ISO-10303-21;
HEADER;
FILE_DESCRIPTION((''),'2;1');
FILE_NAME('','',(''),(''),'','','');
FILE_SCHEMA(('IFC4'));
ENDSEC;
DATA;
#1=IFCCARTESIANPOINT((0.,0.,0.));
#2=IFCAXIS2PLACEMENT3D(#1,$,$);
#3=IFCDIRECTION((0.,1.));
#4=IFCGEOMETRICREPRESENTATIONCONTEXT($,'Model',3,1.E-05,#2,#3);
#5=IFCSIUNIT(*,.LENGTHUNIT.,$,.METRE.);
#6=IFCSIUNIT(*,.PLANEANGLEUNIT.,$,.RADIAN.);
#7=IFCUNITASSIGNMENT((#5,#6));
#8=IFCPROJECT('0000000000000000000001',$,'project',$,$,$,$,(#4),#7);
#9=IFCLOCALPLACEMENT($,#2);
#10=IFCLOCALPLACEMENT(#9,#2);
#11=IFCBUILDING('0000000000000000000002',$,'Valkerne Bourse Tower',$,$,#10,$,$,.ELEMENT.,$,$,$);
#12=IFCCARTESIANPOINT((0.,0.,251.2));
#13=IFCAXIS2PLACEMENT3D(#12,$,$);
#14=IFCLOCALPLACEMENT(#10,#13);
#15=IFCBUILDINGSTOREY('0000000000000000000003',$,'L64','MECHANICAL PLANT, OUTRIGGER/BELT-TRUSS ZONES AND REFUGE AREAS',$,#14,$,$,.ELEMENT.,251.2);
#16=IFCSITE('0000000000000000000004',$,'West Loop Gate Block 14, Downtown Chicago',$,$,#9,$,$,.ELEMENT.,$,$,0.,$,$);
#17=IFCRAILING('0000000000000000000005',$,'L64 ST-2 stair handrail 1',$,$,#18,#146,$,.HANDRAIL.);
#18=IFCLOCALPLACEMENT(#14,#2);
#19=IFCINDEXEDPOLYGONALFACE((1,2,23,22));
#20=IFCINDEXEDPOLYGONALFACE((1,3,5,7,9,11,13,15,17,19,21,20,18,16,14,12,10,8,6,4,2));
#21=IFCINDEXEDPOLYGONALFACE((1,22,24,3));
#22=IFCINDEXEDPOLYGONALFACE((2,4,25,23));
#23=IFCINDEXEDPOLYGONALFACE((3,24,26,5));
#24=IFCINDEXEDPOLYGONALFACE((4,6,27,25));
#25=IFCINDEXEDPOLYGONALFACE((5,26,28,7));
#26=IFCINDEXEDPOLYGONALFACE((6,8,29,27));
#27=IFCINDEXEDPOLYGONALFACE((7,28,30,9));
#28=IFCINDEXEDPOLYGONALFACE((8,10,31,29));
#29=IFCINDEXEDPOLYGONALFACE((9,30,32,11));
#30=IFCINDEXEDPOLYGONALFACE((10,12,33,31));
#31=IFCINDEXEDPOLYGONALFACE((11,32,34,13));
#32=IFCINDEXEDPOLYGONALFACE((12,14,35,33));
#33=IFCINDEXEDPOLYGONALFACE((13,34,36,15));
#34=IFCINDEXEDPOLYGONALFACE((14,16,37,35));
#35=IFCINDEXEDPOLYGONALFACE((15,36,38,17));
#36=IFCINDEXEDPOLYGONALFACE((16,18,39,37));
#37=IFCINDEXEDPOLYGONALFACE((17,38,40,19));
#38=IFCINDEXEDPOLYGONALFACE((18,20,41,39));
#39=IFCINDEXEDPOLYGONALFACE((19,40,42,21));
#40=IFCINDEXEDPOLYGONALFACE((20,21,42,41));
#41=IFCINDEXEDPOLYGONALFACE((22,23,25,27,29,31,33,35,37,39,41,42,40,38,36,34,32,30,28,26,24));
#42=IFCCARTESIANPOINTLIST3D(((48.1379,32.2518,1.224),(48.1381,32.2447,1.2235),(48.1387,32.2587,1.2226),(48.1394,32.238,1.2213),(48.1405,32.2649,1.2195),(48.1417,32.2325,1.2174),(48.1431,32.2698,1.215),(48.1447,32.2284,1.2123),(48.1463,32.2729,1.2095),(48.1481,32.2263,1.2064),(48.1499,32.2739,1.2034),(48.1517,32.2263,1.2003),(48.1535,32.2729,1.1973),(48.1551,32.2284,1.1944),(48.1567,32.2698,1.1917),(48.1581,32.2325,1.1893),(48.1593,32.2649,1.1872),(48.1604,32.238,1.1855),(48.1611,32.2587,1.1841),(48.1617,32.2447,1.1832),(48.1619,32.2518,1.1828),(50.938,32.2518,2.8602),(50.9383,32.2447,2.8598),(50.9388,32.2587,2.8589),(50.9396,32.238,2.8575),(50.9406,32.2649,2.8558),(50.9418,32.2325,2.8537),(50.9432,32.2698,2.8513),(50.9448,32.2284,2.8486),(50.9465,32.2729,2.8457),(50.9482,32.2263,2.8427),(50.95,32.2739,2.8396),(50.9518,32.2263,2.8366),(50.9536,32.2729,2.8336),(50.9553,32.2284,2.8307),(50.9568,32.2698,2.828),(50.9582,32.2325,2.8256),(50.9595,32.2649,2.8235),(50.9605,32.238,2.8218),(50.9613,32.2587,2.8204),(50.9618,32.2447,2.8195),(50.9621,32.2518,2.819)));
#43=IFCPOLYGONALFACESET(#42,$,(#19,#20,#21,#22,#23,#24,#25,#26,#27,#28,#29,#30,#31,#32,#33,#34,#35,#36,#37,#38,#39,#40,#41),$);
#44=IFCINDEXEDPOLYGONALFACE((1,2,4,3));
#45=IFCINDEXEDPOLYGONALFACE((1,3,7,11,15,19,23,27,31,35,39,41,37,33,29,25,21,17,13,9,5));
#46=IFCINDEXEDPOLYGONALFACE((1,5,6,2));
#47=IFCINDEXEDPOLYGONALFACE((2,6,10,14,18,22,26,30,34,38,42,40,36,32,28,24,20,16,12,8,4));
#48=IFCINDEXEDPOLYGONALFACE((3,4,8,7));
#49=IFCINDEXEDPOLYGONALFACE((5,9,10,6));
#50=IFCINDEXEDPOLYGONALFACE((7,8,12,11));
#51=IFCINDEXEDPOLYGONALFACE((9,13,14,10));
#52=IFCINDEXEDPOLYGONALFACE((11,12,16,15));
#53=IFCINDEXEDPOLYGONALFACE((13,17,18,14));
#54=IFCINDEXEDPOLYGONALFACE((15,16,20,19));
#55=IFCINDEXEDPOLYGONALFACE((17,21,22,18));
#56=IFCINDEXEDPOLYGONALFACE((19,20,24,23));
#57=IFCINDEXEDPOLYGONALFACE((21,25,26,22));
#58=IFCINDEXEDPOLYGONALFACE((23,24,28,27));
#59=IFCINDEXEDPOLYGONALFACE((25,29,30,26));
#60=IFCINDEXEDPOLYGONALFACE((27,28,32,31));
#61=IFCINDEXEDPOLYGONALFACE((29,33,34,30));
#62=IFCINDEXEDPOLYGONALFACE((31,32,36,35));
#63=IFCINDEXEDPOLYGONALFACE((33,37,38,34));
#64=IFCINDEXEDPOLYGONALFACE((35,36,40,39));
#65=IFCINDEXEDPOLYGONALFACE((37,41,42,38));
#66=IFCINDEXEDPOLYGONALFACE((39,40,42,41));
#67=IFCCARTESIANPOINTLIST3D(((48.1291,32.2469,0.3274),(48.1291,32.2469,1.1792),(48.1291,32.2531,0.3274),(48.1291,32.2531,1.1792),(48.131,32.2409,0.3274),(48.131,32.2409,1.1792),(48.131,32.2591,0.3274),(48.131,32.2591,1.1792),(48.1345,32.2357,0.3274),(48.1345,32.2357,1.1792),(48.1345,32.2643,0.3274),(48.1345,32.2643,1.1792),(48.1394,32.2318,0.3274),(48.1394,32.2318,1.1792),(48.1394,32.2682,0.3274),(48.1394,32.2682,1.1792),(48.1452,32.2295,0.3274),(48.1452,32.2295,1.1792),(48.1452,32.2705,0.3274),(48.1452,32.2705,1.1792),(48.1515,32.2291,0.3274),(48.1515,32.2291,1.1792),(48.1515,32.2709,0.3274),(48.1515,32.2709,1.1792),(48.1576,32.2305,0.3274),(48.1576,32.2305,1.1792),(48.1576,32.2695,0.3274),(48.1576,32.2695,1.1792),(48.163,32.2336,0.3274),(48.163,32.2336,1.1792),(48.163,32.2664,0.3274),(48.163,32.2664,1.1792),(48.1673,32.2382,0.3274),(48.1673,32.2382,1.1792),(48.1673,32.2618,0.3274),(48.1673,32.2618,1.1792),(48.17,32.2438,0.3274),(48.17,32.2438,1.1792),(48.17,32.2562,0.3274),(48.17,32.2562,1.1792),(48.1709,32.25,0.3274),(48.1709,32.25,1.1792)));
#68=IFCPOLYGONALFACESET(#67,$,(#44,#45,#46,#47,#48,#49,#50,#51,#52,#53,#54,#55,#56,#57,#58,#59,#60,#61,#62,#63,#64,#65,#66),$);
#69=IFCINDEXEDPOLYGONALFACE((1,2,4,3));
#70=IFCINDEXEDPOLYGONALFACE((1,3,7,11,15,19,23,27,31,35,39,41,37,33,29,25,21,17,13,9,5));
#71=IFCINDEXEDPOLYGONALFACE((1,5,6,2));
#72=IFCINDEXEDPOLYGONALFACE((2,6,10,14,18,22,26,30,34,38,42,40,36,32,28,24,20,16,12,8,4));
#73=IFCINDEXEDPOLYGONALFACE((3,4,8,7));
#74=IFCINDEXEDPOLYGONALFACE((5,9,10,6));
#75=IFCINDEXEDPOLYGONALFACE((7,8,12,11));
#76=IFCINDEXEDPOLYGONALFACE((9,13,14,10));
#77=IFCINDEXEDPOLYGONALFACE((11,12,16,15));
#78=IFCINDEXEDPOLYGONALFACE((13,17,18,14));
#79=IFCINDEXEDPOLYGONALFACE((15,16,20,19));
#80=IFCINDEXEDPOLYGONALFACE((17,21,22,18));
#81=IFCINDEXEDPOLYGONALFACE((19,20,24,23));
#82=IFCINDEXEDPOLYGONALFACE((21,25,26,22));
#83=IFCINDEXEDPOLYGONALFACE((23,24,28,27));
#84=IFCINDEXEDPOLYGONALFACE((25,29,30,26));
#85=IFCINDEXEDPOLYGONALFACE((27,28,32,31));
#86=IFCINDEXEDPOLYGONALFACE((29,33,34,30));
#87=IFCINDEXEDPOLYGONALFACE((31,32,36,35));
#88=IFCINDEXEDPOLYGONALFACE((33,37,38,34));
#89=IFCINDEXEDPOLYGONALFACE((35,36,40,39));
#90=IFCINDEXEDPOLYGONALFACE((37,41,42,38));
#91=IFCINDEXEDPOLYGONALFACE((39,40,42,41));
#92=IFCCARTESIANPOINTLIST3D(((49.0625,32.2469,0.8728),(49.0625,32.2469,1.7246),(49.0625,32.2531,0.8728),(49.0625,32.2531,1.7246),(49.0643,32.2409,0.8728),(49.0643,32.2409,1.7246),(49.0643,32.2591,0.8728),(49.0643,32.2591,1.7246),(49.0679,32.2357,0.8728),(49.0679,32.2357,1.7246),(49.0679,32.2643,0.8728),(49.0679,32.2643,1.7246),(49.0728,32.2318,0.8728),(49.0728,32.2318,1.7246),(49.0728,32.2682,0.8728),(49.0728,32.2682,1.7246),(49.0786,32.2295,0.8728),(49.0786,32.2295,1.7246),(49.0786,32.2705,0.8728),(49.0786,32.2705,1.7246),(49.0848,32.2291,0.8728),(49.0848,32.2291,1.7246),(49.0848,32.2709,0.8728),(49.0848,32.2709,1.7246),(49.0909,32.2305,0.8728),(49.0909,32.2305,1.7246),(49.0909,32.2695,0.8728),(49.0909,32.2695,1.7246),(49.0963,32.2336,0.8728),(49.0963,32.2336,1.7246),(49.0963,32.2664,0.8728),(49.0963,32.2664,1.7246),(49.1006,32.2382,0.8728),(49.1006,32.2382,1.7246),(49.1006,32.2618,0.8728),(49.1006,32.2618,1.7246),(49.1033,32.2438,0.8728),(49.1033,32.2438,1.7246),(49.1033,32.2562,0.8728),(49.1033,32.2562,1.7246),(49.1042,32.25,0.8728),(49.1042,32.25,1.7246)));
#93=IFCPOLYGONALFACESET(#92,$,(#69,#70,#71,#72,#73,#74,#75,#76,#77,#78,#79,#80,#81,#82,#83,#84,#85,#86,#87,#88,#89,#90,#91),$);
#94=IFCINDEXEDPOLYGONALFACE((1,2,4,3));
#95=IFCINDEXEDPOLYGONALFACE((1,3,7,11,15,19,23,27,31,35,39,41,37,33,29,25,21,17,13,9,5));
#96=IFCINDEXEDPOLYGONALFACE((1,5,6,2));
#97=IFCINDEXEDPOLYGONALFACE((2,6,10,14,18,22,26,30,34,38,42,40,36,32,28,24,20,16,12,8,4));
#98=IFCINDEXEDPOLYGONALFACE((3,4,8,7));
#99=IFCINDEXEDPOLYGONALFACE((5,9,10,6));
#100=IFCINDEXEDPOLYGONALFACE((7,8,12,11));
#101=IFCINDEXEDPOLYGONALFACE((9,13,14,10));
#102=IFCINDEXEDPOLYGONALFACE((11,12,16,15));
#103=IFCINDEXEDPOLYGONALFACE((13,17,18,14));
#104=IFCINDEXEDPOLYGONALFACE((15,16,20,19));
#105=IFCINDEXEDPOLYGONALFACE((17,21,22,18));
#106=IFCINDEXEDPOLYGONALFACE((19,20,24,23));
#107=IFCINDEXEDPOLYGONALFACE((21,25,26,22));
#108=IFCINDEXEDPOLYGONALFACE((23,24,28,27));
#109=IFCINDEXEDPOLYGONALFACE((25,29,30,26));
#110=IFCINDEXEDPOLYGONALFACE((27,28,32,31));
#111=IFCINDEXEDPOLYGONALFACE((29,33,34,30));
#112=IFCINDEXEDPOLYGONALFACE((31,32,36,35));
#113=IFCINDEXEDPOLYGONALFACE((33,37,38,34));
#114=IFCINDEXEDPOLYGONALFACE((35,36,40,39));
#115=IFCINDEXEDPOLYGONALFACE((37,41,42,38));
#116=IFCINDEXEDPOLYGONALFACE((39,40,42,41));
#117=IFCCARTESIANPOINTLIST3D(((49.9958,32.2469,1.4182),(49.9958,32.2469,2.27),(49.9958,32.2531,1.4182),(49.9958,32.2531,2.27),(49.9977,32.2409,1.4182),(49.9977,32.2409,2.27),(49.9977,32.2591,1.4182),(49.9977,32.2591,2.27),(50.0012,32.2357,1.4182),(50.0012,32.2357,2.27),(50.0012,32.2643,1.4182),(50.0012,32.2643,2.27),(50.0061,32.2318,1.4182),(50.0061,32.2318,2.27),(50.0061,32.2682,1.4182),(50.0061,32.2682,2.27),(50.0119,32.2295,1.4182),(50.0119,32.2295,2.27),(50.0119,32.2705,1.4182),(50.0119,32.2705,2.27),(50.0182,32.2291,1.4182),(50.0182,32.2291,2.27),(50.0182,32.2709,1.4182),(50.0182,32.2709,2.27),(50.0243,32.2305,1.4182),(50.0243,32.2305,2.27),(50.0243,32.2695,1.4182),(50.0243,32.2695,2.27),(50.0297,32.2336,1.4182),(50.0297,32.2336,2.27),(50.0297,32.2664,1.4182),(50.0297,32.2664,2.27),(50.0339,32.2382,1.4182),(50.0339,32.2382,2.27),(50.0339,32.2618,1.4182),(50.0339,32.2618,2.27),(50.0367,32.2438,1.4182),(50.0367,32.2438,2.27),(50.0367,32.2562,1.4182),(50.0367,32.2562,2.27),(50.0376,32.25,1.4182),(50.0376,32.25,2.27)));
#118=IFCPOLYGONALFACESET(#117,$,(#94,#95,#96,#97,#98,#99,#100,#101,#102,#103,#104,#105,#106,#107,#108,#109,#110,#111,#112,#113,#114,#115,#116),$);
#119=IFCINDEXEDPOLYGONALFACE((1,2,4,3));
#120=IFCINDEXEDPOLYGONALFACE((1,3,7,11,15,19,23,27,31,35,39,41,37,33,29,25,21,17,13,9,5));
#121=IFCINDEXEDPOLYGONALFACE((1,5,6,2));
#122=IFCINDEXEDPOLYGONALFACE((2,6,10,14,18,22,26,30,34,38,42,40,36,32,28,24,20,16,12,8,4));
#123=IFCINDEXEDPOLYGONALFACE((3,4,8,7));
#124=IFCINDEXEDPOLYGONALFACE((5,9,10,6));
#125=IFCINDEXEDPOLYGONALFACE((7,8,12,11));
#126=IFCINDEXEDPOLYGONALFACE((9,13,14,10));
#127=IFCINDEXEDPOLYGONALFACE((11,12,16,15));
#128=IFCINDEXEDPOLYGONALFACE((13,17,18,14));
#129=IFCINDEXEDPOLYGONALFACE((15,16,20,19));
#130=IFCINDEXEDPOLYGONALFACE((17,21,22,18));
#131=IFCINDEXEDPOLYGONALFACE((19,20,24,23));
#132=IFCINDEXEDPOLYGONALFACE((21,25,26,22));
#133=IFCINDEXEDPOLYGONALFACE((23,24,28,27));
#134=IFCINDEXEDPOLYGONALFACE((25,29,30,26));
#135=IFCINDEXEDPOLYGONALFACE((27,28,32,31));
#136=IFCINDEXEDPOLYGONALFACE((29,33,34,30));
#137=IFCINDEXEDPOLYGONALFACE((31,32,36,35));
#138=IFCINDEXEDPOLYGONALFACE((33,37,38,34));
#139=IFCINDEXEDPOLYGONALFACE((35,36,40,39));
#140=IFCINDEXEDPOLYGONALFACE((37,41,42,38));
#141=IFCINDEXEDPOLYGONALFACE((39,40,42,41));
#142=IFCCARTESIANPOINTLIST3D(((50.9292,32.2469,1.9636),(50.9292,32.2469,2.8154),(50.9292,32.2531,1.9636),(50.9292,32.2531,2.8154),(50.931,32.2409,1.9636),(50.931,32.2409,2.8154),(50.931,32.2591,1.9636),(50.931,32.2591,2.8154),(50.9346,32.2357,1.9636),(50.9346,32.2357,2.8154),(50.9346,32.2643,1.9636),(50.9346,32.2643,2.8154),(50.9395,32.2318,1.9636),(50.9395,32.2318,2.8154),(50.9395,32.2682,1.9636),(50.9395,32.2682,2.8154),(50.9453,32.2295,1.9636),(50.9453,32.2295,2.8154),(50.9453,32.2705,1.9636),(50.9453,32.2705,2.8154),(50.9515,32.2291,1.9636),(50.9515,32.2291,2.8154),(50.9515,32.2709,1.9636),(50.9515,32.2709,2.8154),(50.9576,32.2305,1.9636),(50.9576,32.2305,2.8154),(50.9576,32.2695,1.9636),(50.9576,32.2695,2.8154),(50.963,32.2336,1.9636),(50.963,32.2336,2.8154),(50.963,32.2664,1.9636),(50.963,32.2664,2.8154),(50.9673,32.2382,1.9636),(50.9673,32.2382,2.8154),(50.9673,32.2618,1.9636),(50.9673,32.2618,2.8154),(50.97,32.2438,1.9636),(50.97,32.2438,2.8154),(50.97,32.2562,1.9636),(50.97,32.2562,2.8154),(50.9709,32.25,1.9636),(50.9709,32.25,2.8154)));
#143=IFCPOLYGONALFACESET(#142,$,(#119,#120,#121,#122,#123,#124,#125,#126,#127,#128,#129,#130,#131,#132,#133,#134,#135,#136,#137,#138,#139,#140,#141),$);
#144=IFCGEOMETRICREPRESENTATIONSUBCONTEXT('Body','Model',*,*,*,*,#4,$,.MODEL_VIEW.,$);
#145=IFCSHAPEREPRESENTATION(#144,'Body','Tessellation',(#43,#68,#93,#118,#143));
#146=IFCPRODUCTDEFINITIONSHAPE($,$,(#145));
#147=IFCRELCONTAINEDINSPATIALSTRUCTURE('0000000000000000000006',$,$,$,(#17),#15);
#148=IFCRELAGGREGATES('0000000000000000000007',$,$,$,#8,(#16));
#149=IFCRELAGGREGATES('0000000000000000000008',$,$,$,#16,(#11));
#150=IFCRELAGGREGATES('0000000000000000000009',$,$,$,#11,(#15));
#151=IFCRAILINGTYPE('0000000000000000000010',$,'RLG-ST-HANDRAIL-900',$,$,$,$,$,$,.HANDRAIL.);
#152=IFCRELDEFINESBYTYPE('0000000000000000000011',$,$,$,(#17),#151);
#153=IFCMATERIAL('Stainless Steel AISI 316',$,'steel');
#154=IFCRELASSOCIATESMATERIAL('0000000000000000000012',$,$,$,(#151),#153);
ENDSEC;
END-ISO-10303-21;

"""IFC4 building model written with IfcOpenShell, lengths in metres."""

from ifc_helpers import new_model, si_unit, direction, frame, origin, origin_2d, place, context, subcontext, project, spatial, circle, extrude, material, type_object, element, save


model = new_model("IFC4")

# Units and contexts
model_context = context("Model", 3, precision=1e-05, world=origin(), true_north=direction((0.0, 1.0)))
body_context = subcontext(model_context, "Body", "Model", "MODEL_VIEW")
ifc_project = project(units=[si_unit("LENGTHUNIT", "METRE"), si_unit("PLANEANGLEUNIT", "RADIAN")], contexts=[model_context])

# Site, building, storey
site_placement = place(None, origin())
site = spatial("IfcSite", under=ifc_project, at=site_placement, Name="West Loop Gate Block 14, Downtown Chicago", CompositionType="ELEMENT", RefElevation=0.0)
building_placement = place(site_placement, origin())
building = spatial("IfcBuilding", under=site, at=building_placement, Name="Valkerne Bourse Tower", CompositionType="ELEMENT")
storey_placement = place(building_placement, frame((0.0, 0.0, 251.2)))
storey = spatial("IfcBuildingStorey", under=building, at=storey_placement, Name="L64", Description="MECHANICAL PLANT, OUTRIGGER/BELT-TRUSS ZONES AND REFUGE AREAS", CompositionType="ELEMENT", Elevation=251.2)

# Shared definitions
ifc_material_1 = material(Name="Stainless Steel AISI 316", Category="steel")

# Railing
railing_type_1 = type_object("IfcRailingType", Name="RLG-ST-HANDRAIL-900", PredefinedType="HANDRAIL", material=ifc_material_1)
railing_1_placement = place(storey_placement, frame((48.1499, 32.25, 0.3274)))
element("IfcRailing", 1, at=railing_1_placement, inside=storey, type_object=railing_type_1, Name="L64 ST-2 stair handrail 1", PredefinedType="HANDRAIL", context=body_context, shape_type="SweptSolid", body=[
    extrude(circle(Radius=0.0239, at=origin_2d()), frame((0.0, 0.0, 0.876), z_axis=(0.863394, 0.0, 0.504531), x_axis=(0.0, 1.0, 0.0)), (0.0, 0.0, 1.0), 3.2432),
    extrude(circle(Radius=0.021, at=origin_2d()), origin(), (0.0, 0.0, 1.0), 0.8518),
    extrude(circle(Radius=0.021, at=origin_2d()), frame((0.9333, 0.0, 0.5454)), (0.0, 0.0, 1.0), 0.8518),
    extrude(circle(Radius=0.021, at=origin_2d()), frame((1.8667, 0.0, 1.0908)), (0.0, 0.0, 1.0), 0.8518),
    extrude(circle(Radius=0.021, at=origin_2d()), frame((2.8, 0.0, 1.6362)), (0.0, 0.0, 1.0), 0.8518),
])

save(model, "model.ifc")
